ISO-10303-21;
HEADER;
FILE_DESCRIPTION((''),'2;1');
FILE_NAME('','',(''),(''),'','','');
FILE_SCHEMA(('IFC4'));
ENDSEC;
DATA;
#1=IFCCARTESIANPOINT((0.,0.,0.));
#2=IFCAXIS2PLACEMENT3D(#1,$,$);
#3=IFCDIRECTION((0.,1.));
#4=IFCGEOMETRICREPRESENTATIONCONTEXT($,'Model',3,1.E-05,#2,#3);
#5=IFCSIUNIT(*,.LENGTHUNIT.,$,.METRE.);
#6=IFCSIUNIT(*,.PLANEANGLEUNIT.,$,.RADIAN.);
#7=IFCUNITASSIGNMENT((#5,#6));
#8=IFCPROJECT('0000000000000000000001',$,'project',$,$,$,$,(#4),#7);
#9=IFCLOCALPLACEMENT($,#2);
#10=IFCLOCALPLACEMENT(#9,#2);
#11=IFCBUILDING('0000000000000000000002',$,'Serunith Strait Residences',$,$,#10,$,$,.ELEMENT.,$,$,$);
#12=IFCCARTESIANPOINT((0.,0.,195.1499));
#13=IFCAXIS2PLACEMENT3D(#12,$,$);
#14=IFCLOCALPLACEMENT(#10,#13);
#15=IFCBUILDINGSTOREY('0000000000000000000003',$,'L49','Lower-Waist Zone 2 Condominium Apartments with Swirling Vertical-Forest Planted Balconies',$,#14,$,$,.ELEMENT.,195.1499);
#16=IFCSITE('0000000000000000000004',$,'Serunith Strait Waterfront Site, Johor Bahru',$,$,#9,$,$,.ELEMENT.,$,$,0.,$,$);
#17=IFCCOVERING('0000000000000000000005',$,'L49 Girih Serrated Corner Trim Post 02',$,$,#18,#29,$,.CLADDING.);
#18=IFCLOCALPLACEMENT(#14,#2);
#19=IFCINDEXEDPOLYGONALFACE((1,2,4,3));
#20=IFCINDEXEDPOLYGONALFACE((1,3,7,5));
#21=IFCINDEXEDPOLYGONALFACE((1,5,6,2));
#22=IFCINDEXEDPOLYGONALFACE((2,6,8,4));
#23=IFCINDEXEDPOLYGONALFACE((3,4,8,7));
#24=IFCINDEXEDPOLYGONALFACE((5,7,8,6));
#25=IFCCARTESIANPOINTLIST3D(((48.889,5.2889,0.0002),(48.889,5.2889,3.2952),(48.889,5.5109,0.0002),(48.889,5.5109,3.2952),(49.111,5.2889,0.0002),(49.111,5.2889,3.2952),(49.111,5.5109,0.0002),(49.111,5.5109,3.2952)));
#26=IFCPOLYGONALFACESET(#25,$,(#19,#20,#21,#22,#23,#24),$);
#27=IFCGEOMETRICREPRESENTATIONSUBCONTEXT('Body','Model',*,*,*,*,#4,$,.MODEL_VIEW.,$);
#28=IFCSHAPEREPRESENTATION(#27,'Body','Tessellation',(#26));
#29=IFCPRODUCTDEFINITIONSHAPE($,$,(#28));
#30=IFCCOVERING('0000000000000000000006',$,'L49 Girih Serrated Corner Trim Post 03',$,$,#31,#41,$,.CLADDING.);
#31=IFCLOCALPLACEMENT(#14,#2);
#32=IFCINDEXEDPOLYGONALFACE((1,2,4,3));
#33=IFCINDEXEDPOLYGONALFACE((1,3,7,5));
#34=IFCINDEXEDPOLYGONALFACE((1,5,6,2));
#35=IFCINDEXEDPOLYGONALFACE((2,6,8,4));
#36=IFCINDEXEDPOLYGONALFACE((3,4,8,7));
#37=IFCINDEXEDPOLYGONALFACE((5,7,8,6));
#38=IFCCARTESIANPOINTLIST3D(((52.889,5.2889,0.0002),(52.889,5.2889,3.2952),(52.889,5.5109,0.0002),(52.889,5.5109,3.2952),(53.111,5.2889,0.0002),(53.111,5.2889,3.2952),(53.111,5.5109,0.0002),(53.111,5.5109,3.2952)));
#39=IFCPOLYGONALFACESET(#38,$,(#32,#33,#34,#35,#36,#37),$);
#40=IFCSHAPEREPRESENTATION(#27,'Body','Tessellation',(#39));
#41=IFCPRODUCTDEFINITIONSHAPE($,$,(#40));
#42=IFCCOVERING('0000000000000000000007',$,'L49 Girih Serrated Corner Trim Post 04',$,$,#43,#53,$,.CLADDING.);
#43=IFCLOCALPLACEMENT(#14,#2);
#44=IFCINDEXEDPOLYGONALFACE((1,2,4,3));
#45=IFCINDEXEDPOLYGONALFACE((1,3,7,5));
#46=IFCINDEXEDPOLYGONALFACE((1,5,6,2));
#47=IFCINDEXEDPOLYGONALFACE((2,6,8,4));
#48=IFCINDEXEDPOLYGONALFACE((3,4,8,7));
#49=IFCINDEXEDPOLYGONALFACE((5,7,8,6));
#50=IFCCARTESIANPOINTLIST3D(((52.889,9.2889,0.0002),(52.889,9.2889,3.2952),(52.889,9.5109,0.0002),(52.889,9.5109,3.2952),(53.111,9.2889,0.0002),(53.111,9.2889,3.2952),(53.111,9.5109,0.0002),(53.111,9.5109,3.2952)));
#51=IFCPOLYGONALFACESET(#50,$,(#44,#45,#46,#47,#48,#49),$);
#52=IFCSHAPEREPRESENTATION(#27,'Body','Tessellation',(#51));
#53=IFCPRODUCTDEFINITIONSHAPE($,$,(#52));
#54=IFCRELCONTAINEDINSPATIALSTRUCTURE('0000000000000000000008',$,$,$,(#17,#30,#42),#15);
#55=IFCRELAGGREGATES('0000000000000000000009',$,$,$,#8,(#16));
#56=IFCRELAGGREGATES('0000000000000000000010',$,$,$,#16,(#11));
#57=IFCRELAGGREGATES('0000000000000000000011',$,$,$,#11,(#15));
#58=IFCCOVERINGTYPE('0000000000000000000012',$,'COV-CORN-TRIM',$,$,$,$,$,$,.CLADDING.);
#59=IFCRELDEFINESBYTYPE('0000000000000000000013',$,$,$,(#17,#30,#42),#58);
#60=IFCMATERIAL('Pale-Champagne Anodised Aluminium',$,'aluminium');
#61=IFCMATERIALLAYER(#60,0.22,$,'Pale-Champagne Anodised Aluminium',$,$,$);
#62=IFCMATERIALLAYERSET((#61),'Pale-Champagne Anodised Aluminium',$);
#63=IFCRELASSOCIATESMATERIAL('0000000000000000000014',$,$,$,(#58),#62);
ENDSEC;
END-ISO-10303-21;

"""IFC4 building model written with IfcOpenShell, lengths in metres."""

from ifc_helpers import new_model, si_unit, direction, frame, origin, origin_2d, place, context, subcontext, project, spatial, rectangle, extrude, source, transform, mapped, material, layer, layer_set, type_object, element, save


model = new_model("IFC4")

# Units and contexts
model_context = context("Model", 3, precision=1e-05, world=origin(), true_north=direction((0.0, 1.0)))
body_context = subcontext(model_context, "Body", "Model", "MODEL_VIEW")
ifc_project = project(units=[si_unit("LENGTHUNIT", "METRE"), si_unit("PLANEANGLEUNIT", "RADIAN")], contexts=[model_context])

# Site, building, storey
site_placement = place(None, origin())
site = spatial("IfcSite", under=ifc_project, at=site_placement, Name="Serunith Strait Waterfront Site, Johor Bahru", CompositionType="ELEMENT", RefElevation=0.0)
building_placement = place(site_placement, origin())
building = spatial("IfcBuilding", under=site, at=building_placement, Name="Serunith Strait Residences", CompositionType="ELEMENT")
storey_placement = place(building_placement, frame((0.0, 0.0, 195.1499)))
storey = spatial("IfcBuildingStorey", under=building, at=storey_placement, Name="L49", Description="Lower-Waist Zone 2 Condominium Apartments with Swirling Vertical-Forest Planted Balconies", CompositionType="ELEMENT", Elevation=195.1499)

# Coverings
ifc_material_1 = material(Name="Pale-Champagne Anodised Aluminium", Category="aluminium")
ifc_layer_1 = layer(ifc_material_1, 0.22, Name="Pale-Champagne Anodised Aluminium")
ifc_layer_set_1 = layer_set([ifc_layer_1], Name="Pale-Champagne Anodised Aluminium")
covering_type = type_object("IfcCoveringType", Name="COV-CORN-TRIM", PredefinedType="CLADDING", material=ifc_layer_set_1)
shared_shape_1 = source(origin(), body_context, "Body", "SweptSolid", [
    extrude(rectangle(XDim=0.2219, YDim=0.2219, at=origin_2d()), origin(), (0.0, 0.0, 1.0), 3.2949),
])
for number, where, z_axis, x_axis, name in (
    (1, (49.0, 5.3999, 0.0002), (0.0, 0.0, 1.0), (1.0, 0.0, 0.0), "L49 Girih Serrated Corner Trim Post 02"),
    (2, (53.0, 5.3999, 0.0002), (0.0, 0.0, 1.0), (1.0, 0.0, 0.0), "L49 Girih Serrated Corner Trim Post 03"),
    (3, (53.0, 9.3999, 0.0002), (0.0, 0.0, 1.0), (1.0, 0.0, 0.0), "L49 Girih Serrated Corner Trim Post 04"),
):
    element("IfcCovering", number, at=place(storey_placement, frame(where, z_axis=z_axis, x_axis=x_axis)), inside=storey, type_object=covering_type, Name=name, PredefinedType="CLADDING", context=body_context, shape_type="MappedRepresentation", body=[
        mapped(shared_shape_1, transform((0.0, 0.0, 0.0), scale=1.0)),
    ])

save(model, "model.ifc")
